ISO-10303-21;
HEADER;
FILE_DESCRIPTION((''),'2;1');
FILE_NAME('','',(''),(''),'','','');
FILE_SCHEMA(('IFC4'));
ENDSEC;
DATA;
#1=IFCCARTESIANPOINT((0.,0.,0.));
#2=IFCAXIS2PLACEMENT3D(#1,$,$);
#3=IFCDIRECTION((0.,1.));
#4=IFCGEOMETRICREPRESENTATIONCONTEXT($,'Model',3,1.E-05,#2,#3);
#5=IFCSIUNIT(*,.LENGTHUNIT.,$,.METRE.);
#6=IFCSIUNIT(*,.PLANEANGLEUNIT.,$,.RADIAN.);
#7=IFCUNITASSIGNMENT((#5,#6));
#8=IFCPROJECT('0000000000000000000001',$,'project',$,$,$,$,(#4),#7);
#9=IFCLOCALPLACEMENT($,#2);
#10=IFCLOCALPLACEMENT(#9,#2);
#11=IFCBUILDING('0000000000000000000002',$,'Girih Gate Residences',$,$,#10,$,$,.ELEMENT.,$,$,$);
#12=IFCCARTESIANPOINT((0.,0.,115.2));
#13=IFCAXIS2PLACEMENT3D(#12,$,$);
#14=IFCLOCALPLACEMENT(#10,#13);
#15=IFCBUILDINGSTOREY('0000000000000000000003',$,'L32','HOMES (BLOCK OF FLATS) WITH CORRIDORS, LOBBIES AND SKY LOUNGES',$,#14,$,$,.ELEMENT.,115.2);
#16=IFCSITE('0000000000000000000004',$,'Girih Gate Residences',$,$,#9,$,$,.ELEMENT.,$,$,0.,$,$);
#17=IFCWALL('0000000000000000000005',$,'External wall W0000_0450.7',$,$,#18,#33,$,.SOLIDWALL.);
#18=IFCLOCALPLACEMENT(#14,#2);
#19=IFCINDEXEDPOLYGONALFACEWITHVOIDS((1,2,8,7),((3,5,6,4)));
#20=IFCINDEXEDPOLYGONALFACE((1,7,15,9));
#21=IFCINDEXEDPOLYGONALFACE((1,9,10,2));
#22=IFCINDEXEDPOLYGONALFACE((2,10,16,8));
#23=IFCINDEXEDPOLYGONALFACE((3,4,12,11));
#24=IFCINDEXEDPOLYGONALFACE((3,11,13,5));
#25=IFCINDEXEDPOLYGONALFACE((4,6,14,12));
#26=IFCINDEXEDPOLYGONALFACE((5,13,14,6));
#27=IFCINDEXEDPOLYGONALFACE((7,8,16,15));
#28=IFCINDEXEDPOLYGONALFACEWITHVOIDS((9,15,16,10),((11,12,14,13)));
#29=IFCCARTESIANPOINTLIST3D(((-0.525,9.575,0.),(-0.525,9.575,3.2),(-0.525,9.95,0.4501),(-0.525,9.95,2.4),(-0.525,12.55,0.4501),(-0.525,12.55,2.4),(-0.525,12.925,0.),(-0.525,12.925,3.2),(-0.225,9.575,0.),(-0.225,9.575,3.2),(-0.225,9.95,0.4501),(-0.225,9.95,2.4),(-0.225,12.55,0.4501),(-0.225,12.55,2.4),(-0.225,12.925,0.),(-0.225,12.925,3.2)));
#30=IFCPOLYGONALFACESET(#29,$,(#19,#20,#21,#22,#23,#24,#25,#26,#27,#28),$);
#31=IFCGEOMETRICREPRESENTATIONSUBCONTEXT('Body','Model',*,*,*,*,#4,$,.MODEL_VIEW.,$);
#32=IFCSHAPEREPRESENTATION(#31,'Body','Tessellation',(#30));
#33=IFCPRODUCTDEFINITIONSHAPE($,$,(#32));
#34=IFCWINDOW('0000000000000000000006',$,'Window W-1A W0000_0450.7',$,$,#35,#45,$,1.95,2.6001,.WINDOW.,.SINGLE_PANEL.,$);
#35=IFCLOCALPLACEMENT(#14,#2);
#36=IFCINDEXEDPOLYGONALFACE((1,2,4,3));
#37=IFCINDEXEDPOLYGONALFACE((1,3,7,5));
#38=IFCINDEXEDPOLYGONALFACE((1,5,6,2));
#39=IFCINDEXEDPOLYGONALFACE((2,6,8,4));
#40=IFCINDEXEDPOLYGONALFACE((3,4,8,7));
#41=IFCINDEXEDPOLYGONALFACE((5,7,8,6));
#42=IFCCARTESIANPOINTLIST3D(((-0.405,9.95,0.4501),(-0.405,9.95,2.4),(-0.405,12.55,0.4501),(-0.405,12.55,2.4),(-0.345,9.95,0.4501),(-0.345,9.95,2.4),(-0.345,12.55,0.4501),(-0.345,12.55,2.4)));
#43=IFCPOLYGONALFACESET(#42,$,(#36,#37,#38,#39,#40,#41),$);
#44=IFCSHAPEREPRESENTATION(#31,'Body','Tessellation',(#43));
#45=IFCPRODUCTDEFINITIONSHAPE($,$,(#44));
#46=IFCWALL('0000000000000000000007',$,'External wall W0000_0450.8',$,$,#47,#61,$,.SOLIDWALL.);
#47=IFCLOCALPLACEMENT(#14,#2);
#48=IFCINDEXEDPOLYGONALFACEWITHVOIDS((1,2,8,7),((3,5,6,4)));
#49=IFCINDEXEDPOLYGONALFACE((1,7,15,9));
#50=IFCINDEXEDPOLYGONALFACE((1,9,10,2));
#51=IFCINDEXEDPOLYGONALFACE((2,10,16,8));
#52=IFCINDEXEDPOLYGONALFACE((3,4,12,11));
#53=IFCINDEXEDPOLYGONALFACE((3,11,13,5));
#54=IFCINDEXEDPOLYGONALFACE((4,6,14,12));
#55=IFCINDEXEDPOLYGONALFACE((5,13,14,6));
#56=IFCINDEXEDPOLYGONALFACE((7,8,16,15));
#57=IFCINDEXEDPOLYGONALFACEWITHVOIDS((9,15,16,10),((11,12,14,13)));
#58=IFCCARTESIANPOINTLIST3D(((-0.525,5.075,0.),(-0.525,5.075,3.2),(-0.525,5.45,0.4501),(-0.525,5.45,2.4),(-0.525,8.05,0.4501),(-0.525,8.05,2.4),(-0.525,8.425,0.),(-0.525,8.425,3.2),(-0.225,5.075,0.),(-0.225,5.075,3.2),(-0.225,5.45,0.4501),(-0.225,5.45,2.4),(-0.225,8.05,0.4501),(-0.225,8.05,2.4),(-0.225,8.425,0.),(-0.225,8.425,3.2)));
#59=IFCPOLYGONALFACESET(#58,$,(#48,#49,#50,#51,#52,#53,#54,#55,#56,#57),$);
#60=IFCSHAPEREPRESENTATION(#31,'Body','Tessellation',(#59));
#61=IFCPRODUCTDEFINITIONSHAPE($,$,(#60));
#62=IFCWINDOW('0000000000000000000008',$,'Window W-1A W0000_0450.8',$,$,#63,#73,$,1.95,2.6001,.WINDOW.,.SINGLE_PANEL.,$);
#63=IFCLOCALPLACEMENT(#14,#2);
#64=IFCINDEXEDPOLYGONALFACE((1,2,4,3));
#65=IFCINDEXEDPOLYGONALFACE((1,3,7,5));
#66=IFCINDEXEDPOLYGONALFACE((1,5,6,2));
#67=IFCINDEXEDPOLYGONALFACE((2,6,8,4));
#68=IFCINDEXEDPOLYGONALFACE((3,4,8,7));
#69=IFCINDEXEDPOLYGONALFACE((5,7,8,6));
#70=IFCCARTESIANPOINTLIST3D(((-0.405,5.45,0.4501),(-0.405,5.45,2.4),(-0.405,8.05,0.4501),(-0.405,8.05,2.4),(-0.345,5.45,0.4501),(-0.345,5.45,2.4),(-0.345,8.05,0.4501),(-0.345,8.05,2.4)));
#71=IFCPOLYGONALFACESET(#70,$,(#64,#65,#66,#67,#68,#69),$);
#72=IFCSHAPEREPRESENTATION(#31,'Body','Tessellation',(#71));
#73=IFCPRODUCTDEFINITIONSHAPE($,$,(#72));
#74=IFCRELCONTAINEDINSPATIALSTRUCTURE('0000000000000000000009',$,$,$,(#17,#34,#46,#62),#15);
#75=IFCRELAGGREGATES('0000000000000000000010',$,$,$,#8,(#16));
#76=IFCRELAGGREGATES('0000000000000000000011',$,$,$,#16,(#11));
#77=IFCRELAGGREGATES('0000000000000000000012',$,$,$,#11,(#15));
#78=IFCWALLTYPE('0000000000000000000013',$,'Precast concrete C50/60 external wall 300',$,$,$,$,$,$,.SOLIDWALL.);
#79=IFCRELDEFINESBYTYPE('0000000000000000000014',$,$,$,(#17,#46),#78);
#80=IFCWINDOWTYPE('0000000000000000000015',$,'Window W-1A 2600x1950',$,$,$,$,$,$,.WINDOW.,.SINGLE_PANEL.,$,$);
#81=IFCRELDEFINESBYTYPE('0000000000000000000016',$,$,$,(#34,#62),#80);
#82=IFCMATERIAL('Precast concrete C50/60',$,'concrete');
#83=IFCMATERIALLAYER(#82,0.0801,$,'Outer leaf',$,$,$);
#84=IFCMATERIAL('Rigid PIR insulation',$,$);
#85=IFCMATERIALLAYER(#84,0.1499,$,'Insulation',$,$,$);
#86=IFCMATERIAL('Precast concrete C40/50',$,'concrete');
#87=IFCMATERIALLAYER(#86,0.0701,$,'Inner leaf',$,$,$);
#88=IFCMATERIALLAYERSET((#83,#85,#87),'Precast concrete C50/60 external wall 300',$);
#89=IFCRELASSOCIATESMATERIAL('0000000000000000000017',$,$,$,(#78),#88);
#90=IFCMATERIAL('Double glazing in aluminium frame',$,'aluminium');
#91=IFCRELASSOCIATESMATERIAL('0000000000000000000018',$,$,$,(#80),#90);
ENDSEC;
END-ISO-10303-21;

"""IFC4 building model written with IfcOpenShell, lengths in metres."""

from ifc_helpers import new_model, si_unit, direction, frame, frame_2d, origin, place, context, subcontext, project, spatial, rectangle, extrude, material, layer, layer_set, type_object, element, fill, save


model = new_model("IFC4")

# Units and contexts
model_context = context("Model", 3, precision=1e-05, world=origin(), true_north=direction((0.0, 1.0)))
body_context = subcontext(model_context, "Body", "Model", "MODEL_VIEW")
ifc_project = project(units=[si_unit("LENGTHUNIT", "METRE"), si_unit("PLANEANGLEUNIT", "RADIAN")], contexts=[model_context])

# Site, building, storey
site_placement = place(None, origin())
site = spatial("IfcSite", under=ifc_project, at=site_placement, Name="Girih Gate Residences", CompositionType="ELEMENT", RefElevation=0.0)
building_placement = place(site_placement, origin())
building = spatial("IfcBuilding", under=site, at=building_placement, Name="Girih Gate Residences", CompositionType="ELEMENT")
storey_placement = place(building_placement, frame((0.0, 0.0, 115.2)))
storey = spatial("IfcBuildingStorey", under=building, at=storey_placement, Name="L32", Description="HOMES (BLOCK OF FLATS) WITH CORRIDORS, LOBBIES AND SKY LOUNGES", CompositionType="ELEMENT", Elevation=115.2)

# Walls, openings, windows
ifc_material_1 = material(Name="Precast concrete C50/60", Category="concrete")
ifc_layer_1 = layer(ifc_material_1, 0.0801, Name="Outer leaf")
ifc_material_2 = material(Name="Rigid PIR insulation")
ifc_layer_2 = layer(ifc_material_2, 0.1499, Name="Insulation")
ifc_material_3 = material(Name="Precast concrete C40/50", Category="concrete")
ifc_layer_3 = layer(ifc_material_3, 0.0701, Name="Inner leaf")
ifc_layer_set_1 = layer_set([ifc_layer_1, ifc_layer_2, ifc_layer_3], Name="Precast concrete C50/60 external wall 300")
wall_type_1 = type_object("IfcWallType", Name="Precast concrete C50/60 external wall 300", PredefinedType="SOLIDWALL", material=ifc_layer_set_1)
ifc_material_4 = material(Name="Double glazing in aluminium frame", Category="aluminium")
window_type = type_object("IfcWindowType", Name="Window W-1A 2600x1950", PartitioningType="SINGLE_PANEL", PredefinedType="WINDOW", material=ifc_material_4)
wall_1_placement = place(storey_placement, frame((-0.375, 9.575, 0.0), z_axis=(0.0, 0.0, 1.0), x_axis=(0.0, 1.0, 0.0)))
wall_1 = element("IfcWall", 1, at=wall_1_placement, inside=storey, type_object=wall_type_1, Name="External wall W0000_0450.7", PredefinedType="SOLIDWALL", context=body_context, shape_type="SweptSolid", body=[
    extrude(rectangle(XDim=3.3501, YDim=0.3, at=frame_2d((1.675, 0.0))), origin(), (0.0, 0.0, 1.0), 3.2),
])
opening_1_placement = place(wall_1_placement, frame((0.375, 0.0, 0.45)))
opening_1 = element("IfcOpeningElement", 2, at=opening_1_placement, cuts=wall_1, PredefinedType="OPENING", context=body_context, shape_type="SweptSolid", body=[
    extrude(rectangle(XDim=2.6001, YDim=1.95, at=frame_2d((1.3, 0.9751))), frame((0.0, 0.1599, 0.0), z_axis=(0.0, -1.0, 0.0), x_axis=(1.0, 0.0, 0.0)), (0.0, 0.0, 1.0), 0.3201),
])
window_1_placement = place(opening_1_placement, origin())
window_1 = element("IfcWindow", 3, at=window_1_placement, inside=storey, type_object=window_type, Name="Window W-1A W0000_0450.7", OverallHeight=1.95, OverallWidth=2.6001, PartitioningType="SINGLE_PANEL", PredefinedType="WINDOW", context=body_context, shape_type="SweptSolid", body=[
    extrude(rectangle(XDim=2.6001, YDim=1.95, at=frame_2d((1.3, 0.9751))), frame((0.0, 0.03, 0.0), z_axis=(0.0, -1.0, 0.0), x_axis=(1.0, 0.0, 0.0)), (0.0, 0.0, 1.0), 0.0601),
])
fill(opening_1, window_1)
wall_2_placement = place(storey_placement, frame((-0.375, 5.075, 0.0), z_axis=(0.0, 0.0, 1.0), x_axis=(0.0, 1.0, 0.0)))
wall_2 = element("IfcWall", 4, at=wall_2_placement, inside=storey, type_object=wall_type_1, Name="External wall W0000_0450.8", PredefinedType="SOLIDWALL", context=body_context, shape_type="SweptSolid", body=[
    extrude(rectangle(XDim=3.3501, YDim=0.3, at=frame_2d((1.675, 0.0))), origin(), (0.0, 0.0, 1.0), 3.2),
])
opening_2_placement = place(wall_2_placement, frame((0.375, 0.0, 0.45)))
opening_2 = element("IfcOpeningElement", 5, at=opening_2_placement, cuts=wall_2, PredefinedType="OPENING", context=body_context, shape_type="SweptSolid", body=[
    extrude(rectangle(XDim=2.6001, YDim=1.95, at=frame_2d((1.3, 0.9751))), frame((0.0, 0.1599, 0.0), z_axis=(0.0, -1.0, 0.0), x_axis=(1.0, 0.0, 0.0)), (0.0, 0.0, 1.0), 0.3201),
])
window_2_placement = place(opening_2_placement, origin())
window_2 = element("IfcWindow", 6, at=window_2_placement, inside=storey, type_object=window_type, Name="Window W-1A W0000_0450.8", OverallHeight=1.95, OverallWidth=2.6001, PartitioningType="SINGLE_PANEL", PredefinedType="WINDOW", context=body_context, shape_type="SweptSolid", body=[
    extrude(rectangle(XDim=2.6001, YDim=1.95, at=frame_2d((1.3, 0.9751))), frame((0.0, 0.03, 0.0), z_axis=(0.0, -1.0, 0.0), x_axis=(1.0, 0.0, 0.0)), (0.0, 0.0, 1.0), 0.0601),
])
fill(opening_2, window_2)

save(model, "model.ifc")
